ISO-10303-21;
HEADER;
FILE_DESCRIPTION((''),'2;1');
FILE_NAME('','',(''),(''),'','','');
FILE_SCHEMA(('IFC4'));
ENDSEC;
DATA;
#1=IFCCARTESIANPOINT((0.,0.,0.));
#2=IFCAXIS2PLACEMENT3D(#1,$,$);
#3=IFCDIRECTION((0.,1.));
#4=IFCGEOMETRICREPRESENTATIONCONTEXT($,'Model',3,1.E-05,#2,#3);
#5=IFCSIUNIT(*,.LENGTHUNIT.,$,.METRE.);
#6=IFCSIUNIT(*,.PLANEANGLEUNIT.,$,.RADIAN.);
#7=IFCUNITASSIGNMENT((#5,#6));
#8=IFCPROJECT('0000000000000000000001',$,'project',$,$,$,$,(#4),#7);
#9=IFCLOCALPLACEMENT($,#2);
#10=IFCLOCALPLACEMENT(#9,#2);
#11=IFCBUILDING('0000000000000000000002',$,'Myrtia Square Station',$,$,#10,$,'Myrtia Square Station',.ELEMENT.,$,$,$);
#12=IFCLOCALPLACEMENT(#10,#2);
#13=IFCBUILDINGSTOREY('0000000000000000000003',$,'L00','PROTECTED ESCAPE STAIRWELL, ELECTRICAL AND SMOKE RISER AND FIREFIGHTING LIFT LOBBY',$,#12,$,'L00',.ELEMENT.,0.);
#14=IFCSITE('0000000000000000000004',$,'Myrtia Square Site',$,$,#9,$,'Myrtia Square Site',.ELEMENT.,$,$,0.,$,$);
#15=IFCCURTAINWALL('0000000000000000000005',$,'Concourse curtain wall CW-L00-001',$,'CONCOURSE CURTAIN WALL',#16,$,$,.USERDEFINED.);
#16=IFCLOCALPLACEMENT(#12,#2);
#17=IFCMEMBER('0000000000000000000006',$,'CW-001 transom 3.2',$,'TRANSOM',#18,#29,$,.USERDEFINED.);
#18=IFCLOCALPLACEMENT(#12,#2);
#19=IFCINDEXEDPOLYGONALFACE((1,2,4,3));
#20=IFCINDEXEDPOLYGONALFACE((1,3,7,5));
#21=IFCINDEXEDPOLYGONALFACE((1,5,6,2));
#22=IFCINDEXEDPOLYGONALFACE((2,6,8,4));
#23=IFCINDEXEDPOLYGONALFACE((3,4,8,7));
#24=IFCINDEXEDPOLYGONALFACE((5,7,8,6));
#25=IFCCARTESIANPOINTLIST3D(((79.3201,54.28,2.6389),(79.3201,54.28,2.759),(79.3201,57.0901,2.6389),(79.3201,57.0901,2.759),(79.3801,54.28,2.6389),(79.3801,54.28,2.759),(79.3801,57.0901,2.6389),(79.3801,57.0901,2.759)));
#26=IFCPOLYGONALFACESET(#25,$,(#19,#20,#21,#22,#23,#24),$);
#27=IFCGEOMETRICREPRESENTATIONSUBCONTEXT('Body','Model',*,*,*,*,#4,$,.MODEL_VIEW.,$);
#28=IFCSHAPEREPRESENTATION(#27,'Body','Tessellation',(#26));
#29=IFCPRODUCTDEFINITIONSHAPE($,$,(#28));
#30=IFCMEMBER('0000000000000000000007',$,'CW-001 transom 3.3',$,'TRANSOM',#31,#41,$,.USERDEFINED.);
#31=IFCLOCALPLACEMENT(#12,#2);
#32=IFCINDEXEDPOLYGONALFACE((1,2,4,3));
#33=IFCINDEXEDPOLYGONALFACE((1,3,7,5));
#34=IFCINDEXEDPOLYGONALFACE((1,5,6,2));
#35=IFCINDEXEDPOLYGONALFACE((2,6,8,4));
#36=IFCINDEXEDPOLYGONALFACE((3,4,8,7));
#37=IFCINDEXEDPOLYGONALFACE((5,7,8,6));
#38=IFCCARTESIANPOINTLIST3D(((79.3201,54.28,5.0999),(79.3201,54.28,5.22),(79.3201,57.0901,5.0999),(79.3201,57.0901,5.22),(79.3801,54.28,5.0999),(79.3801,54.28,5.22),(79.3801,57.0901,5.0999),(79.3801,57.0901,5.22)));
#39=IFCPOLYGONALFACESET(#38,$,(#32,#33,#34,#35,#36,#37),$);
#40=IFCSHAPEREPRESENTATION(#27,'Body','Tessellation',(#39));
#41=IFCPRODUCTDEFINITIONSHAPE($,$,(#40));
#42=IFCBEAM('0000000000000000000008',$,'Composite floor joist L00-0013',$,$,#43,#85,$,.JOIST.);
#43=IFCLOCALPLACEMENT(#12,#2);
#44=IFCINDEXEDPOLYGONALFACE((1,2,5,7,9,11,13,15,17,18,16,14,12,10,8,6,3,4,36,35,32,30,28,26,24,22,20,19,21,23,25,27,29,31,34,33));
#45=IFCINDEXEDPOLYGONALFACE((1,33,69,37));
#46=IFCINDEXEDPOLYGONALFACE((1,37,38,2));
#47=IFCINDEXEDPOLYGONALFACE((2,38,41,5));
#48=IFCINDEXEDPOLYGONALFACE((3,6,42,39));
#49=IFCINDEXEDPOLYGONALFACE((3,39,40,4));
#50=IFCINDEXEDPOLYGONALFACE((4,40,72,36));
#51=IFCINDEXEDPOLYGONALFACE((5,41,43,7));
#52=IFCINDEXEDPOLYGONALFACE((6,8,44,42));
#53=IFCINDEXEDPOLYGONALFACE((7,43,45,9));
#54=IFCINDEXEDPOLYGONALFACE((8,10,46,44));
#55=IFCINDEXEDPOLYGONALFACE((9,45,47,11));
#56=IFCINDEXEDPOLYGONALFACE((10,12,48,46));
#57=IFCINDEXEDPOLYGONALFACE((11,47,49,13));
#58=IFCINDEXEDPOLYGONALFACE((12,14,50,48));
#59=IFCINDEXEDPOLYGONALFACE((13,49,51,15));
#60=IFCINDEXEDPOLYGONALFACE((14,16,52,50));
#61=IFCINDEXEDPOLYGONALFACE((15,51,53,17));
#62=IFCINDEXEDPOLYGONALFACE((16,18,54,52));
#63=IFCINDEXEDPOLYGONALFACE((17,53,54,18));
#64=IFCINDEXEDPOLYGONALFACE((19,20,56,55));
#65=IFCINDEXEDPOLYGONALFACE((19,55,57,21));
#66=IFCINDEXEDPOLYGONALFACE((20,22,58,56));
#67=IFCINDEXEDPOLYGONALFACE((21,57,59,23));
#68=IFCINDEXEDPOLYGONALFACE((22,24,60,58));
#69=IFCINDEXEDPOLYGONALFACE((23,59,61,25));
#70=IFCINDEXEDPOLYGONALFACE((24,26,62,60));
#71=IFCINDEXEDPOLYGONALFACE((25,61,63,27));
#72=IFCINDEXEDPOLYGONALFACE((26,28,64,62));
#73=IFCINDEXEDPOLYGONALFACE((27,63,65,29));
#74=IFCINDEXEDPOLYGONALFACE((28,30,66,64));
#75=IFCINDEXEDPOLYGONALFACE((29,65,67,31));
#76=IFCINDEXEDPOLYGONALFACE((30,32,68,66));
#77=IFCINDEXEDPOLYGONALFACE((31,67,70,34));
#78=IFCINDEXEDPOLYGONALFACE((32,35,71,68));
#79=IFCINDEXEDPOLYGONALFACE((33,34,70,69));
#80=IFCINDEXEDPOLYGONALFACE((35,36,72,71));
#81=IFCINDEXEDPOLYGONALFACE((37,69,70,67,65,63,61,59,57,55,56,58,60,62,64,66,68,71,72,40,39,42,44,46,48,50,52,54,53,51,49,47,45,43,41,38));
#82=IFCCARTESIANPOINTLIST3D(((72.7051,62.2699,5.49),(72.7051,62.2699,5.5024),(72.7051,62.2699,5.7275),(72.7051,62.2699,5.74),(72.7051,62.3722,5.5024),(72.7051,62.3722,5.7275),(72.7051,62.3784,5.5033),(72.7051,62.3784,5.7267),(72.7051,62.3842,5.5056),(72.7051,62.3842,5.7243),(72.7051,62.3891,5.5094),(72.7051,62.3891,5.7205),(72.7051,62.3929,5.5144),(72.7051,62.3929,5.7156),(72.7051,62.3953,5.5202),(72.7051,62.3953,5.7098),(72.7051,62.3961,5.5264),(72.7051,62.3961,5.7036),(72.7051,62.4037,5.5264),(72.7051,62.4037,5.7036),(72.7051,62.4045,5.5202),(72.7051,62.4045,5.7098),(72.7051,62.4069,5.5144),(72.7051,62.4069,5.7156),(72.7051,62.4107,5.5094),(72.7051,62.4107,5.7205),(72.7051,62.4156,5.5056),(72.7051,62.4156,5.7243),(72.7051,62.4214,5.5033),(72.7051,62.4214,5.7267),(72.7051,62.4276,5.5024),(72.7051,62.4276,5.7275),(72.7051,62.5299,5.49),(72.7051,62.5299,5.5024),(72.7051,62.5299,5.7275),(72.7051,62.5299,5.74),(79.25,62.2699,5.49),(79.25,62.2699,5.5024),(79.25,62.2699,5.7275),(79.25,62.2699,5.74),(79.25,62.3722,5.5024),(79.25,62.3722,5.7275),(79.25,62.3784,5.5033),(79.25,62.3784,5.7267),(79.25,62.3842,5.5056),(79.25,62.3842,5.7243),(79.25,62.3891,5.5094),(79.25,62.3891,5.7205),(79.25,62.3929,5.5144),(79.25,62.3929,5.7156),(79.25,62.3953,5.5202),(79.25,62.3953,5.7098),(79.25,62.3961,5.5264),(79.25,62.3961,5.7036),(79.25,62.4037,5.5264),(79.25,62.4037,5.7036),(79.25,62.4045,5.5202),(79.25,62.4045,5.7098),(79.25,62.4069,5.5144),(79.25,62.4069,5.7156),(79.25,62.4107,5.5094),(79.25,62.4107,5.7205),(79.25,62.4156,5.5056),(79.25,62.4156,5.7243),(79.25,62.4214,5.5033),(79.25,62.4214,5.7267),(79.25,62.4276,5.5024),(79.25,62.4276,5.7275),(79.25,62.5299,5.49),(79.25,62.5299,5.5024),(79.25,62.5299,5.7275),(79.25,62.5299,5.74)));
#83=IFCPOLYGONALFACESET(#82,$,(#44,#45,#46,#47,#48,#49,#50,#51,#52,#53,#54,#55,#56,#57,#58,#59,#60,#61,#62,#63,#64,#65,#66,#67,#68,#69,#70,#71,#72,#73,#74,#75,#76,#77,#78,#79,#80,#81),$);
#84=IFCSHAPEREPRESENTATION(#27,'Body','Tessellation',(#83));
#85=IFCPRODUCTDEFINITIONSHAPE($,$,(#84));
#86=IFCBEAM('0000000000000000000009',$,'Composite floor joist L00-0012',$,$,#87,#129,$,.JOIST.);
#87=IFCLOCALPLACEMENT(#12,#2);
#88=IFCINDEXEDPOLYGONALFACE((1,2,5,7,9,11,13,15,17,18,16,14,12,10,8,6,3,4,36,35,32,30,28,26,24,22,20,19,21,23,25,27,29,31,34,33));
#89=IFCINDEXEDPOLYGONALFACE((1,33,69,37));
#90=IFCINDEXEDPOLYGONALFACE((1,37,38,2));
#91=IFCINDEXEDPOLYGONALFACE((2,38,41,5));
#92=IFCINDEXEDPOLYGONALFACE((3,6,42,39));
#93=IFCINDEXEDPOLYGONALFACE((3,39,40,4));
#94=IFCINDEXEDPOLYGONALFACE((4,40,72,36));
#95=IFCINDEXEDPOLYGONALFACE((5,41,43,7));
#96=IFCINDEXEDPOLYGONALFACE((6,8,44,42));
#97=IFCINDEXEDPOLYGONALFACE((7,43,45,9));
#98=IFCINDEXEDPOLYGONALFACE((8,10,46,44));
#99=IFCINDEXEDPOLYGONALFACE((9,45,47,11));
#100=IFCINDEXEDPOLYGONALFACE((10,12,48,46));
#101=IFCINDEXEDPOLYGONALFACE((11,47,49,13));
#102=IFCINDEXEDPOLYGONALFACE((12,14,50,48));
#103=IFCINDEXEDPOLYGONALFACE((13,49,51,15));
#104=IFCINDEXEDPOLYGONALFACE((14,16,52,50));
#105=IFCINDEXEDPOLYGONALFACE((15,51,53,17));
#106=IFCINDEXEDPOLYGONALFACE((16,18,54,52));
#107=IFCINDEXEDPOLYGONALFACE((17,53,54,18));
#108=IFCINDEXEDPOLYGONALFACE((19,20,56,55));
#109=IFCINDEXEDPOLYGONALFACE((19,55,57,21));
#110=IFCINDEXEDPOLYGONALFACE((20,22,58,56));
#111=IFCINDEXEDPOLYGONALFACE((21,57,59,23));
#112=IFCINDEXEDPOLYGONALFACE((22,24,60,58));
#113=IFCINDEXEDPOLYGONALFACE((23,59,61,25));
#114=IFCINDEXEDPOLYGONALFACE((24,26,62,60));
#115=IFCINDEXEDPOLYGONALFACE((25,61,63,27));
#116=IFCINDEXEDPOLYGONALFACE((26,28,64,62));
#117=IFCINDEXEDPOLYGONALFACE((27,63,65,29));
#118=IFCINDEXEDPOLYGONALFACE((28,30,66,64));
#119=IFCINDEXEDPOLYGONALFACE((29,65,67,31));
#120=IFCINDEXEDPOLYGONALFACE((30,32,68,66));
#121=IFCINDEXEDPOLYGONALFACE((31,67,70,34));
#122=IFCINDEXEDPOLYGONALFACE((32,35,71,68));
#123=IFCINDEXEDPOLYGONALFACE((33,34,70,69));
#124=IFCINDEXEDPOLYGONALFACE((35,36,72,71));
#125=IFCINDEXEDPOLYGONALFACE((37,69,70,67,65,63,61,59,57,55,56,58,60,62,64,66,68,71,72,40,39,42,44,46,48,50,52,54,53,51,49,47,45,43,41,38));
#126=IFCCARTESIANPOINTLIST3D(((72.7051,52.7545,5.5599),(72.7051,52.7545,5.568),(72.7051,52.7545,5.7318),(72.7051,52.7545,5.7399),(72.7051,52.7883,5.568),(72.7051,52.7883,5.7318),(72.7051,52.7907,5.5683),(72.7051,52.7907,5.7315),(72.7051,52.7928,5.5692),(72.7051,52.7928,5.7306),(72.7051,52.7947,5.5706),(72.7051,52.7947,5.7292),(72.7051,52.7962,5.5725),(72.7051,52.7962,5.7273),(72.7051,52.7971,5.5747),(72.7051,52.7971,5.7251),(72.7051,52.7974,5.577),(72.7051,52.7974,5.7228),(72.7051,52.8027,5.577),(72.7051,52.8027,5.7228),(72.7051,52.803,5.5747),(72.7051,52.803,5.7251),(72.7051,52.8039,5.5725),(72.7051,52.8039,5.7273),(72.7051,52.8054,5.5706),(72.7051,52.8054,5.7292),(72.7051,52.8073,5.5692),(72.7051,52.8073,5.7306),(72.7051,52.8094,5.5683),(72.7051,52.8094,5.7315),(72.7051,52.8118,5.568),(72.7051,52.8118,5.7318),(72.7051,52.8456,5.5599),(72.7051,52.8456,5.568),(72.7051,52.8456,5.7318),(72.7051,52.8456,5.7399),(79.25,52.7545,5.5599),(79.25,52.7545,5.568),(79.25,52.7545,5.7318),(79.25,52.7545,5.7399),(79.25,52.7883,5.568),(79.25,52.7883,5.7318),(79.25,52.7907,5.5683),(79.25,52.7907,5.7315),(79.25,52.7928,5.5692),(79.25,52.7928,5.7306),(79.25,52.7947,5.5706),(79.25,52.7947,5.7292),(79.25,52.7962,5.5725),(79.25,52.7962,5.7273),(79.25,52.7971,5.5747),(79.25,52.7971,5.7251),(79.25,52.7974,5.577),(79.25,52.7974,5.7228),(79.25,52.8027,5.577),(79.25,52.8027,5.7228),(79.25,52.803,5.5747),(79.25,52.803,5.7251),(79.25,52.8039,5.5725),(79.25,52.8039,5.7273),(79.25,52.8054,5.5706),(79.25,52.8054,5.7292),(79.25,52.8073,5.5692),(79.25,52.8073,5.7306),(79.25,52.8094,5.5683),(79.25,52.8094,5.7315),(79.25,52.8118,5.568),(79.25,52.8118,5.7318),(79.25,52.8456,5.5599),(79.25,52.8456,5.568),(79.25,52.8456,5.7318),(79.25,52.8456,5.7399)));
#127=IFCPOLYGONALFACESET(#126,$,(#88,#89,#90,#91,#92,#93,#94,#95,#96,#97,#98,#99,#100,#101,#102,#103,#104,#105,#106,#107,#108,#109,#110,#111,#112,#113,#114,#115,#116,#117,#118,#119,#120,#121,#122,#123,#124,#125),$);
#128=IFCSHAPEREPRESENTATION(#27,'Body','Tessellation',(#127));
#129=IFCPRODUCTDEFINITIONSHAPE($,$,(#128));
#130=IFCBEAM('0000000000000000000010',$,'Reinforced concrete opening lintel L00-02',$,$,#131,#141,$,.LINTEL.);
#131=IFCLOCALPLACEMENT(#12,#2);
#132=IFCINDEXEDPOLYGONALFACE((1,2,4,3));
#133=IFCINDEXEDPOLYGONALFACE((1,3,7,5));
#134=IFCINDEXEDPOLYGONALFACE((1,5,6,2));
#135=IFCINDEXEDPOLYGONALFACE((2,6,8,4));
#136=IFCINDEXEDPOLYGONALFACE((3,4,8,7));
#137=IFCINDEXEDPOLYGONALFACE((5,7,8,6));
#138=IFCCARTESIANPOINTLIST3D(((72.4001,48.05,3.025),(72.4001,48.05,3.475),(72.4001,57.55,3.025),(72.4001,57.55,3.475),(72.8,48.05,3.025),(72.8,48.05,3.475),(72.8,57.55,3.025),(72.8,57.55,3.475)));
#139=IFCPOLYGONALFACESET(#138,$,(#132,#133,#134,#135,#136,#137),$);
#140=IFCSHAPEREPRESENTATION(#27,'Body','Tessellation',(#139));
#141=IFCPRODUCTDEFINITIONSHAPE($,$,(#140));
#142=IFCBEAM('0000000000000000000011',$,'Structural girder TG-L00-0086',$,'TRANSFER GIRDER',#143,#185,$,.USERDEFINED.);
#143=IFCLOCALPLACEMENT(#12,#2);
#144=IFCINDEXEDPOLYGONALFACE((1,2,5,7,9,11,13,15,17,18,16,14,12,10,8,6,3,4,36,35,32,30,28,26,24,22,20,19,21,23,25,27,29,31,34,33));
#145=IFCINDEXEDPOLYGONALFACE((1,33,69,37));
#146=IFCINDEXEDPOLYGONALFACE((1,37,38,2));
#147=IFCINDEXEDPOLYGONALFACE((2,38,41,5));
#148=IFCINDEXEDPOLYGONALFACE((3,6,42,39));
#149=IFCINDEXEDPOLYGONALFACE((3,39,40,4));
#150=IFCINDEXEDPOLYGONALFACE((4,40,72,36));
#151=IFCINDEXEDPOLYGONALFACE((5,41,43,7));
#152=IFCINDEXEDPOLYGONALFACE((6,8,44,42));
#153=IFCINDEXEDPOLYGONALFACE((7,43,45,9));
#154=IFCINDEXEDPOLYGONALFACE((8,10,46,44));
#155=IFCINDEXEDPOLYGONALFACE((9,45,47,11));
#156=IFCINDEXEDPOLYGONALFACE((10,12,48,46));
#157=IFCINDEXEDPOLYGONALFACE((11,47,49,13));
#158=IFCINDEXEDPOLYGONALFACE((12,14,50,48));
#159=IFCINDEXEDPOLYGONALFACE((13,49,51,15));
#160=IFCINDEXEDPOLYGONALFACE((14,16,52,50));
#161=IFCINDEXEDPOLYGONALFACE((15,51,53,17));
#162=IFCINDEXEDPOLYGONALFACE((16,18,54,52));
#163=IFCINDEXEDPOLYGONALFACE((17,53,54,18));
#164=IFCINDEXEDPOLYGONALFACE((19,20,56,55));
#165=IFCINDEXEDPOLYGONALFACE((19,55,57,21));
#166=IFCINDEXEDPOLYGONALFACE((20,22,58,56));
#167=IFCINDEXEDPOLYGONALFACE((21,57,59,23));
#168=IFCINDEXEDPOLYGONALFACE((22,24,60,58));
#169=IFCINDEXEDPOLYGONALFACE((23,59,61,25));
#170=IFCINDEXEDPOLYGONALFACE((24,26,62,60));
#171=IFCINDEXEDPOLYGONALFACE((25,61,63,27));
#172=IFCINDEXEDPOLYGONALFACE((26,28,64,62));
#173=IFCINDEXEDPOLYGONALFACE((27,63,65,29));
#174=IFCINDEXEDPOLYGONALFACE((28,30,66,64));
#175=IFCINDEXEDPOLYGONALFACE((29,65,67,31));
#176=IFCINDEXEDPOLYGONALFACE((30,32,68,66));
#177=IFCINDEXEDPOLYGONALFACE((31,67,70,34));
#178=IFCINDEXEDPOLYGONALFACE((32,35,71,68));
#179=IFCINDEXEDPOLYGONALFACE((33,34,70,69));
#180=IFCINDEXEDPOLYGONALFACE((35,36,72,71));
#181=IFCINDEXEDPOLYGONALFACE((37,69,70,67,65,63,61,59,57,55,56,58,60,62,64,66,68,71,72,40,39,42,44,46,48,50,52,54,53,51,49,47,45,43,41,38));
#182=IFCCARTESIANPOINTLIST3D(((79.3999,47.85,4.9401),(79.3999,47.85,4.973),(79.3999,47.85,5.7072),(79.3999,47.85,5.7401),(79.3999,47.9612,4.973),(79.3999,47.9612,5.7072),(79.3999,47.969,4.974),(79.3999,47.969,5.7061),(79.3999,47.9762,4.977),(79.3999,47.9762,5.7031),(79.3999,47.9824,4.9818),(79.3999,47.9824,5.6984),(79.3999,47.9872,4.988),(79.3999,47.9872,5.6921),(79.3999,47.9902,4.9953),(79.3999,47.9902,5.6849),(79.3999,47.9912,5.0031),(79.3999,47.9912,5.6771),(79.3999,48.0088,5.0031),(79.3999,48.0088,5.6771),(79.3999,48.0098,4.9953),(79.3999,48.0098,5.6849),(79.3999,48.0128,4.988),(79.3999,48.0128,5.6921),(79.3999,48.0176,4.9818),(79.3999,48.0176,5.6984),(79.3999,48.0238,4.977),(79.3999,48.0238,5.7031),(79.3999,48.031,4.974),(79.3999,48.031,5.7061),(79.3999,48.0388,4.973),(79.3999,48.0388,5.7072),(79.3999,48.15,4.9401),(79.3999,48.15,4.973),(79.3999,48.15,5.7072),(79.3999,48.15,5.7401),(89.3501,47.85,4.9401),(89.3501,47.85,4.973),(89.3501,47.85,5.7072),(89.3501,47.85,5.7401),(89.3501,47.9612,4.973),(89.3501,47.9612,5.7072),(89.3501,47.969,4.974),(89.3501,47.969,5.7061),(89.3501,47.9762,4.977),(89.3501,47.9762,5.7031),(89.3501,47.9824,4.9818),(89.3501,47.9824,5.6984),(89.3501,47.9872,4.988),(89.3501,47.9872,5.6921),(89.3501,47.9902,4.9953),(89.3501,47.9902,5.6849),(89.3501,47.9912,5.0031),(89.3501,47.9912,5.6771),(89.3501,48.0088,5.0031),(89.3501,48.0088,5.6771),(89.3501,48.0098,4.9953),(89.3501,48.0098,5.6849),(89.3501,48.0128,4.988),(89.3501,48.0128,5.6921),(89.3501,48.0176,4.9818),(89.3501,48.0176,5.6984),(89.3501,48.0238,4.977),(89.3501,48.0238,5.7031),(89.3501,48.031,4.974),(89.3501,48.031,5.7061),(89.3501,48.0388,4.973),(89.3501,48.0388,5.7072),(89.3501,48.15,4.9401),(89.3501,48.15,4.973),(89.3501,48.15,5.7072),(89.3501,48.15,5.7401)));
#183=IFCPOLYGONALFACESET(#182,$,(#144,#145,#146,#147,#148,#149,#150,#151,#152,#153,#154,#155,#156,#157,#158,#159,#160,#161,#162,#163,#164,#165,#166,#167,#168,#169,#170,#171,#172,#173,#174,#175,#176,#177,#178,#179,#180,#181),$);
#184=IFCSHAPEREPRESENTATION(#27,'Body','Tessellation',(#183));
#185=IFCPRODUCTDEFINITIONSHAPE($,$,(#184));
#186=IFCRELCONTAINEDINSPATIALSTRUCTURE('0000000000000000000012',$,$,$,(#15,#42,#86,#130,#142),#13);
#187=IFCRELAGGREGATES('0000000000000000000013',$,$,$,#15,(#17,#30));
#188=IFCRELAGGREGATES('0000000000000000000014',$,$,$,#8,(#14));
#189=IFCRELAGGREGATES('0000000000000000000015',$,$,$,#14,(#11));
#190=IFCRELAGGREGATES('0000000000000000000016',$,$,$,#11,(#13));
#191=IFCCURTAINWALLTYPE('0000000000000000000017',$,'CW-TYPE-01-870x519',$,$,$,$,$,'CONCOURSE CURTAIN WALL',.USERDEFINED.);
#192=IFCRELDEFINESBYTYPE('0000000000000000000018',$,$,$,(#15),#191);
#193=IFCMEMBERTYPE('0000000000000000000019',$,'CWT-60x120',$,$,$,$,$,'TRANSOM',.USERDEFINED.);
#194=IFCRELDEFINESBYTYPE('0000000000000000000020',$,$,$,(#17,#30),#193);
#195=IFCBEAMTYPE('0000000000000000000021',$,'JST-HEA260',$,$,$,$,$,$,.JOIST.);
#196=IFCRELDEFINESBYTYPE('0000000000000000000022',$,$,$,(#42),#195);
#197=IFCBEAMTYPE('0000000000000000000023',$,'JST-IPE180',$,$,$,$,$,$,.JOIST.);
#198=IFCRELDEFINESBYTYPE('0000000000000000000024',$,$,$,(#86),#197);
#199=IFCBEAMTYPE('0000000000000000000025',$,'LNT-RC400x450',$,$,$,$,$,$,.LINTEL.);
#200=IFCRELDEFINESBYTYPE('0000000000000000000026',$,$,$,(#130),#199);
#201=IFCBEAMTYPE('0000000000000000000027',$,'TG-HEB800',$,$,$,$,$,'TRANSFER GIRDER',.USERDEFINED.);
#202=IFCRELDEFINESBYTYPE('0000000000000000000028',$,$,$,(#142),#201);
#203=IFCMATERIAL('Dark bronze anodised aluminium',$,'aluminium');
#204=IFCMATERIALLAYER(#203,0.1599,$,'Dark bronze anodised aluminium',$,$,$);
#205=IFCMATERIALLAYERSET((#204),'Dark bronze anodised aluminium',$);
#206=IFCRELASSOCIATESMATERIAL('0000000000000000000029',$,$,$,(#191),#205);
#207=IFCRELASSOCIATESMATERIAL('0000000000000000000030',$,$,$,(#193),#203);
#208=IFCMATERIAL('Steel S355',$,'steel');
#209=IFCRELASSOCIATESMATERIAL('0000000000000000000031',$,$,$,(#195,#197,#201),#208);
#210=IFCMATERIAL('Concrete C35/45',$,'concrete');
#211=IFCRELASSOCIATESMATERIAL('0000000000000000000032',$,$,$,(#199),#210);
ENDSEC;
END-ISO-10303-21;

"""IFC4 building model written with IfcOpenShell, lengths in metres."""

from ifc_helpers import new_model, si_unit, direction, frame, origin, origin_2d, place, context, subcontext, project, spatial, rectangle, i_section, extrude, material, layer, layer_set, material_profile, profile_set, type_object, element, aggregate, save


model = new_model("IFC4")

# Units and contexts
model_context = context("Model", 3, precision=1e-05, world=origin(), true_north=direction((0.0, 1.0)))
body_context = subcontext(model_context, "Body", "Model", "MODEL_VIEW")
ifc_project = project(units=[si_unit("LENGTHUNIT", "METRE"), si_unit("PLANEANGLEUNIT", "RADIAN")], contexts=[model_context])

# Site, building, storey
site_placement = place(None, origin())
site = spatial("IfcSite", under=ifc_project, at=site_placement, Name="Myrtia Square Site", LongName="Myrtia Square Site", CompositionType="ELEMENT", RefElevation=0.0)
building_placement = place(site_placement, origin())
building = spatial("IfcBuilding", under=site, at=building_placement, Name="Myrtia Square Station", LongName="Myrtia Square Station", CompositionType="ELEMENT")
storey_placement = place(building_placement, origin())
storey = spatial("IfcBuildingStorey", under=building, at=storey_placement, Name="L00", Description="PROTECTED ESCAPE STAIRWELL, ELECTRICAL AND SMOKE RISER AND FIREFIGHTING LIFT LOBBY", LongName="L00", CompositionType="ELEMENT", Elevation=0.0)

# Shared definitions
ifc_material_1 = material(Name="Steel S355", Category="steel")

# Curtain wall, members
ifc_material_2 = material(Name="Dark bronze anodised aluminium", Category="aluminium")
ifc_layer_1 = layer(ifc_material_2, 0.1599, Name="Dark bronze anodised aluminium")
ifc_layer_set_1 = layer_set([ifc_layer_1], Name="Dark bronze anodised aluminium")
curtain_wall_type = type_object("IfcCurtainWallType", Name="CW-TYPE-01-870x519", ElementType="CONCOURSE CURTAIN WALL", PredefinedType="USERDEFINED", material=ifc_layer_set_1)
curtain_wall_placement = place(storey_placement, origin())
curtain_wall = element("IfcCurtainWall", 1, at=curtain_wall_placement, inside=storey, type_object=curtain_wall_type, Name="Concourse curtain wall CW-L00-001", ObjectType="CONCOURSE CURTAIN WALL", PredefinedType="USERDEFINED")
ifc_material_profile_1 = material_profile(ifc_material_2, rectangle(XDim=0.0601, YDim=0.1201, at=origin_2d()), Name="ALU-T 60x120")
ifc_profile_set_1 = profile_set([ifc_material_profile_1], Name="Dark bronze anodised aluminium")
member_type_1 = type_object("IfcMemberType", Name="CWT-60x120", ElementType="TRANSOM", PredefinedType="USERDEFINED", material=ifc_profile_set_1)
member_1_placement = place(storey_placement, frame((79.3501, 54.28, 2.699), z_axis=(0.0, 1.0, 0.0), x_axis=(-1.0, 0.0, 0.0)))
member_1 = element("IfcMember", 2, at=member_1_placement, type_object=member_type_1, Name="CW-001 transom 3.2", ObjectType="TRANSOM", PredefinedType="USERDEFINED", context=body_context, shape_type="SweptSolid", body=[
    extrude(rectangle(XDim=0.0601, YDim=0.1201, at=origin_2d()), origin(), (0.0, 0.0, 1.0), 2.8101),
])
member_2_placement = place(storey_placement, frame((79.3501, 54.28, 5.1599), z_axis=(0.0, 1.0, 0.0), x_axis=(-1.0, 0.0, 0.0)))
member_2 = element("IfcMember", 3, at=member_2_placement, type_object=member_type_1, Name="CW-001 transom 3.3", ObjectType="TRANSOM", PredefinedType="USERDEFINED", context=body_context, shape_type="SweptSolid", body=[
    extrude(rectangle(XDim=0.0601, YDim=0.1201, at=origin_2d()), origin(), (0.0, 0.0, 1.0), 2.8101),
])

# Beams
ifc_material_profile_2 = material_profile(ifc_material_1, i_section(OverallWidth=0.26, OverallDepth=0.25, WebThickness=0.0076, FlangeThickness=0.0125, FilletRadius=0.0239, at=origin_2d()), Name="HEA 260")
ifc_profile_set_2 = profile_set([ifc_material_profile_2], Name="Steel S355")
beam_type_1 = type_object("IfcBeamType", Name="JST-HEA260", PredefinedType="JOIST", material=ifc_profile_set_2)
beam_1_placement = place(storey_placement, frame((72.7051, 62.3999, 5.615), z_axis=(1.0, 0.0, 0.0), x_axis=(0.0, 1.0, 0.0)))
element("IfcBeam", 4, at=beam_1_placement, inside=storey, type_object=beam_type_1, Name="Composite floor joist L00-0013", PredefinedType="JOIST", context=body_context, shape_type="SweptSolid", body=[
    extrude(i_section(OverallWidth=0.26, OverallDepth=0.25, WebThickness=0.0076, FlangeThickness=0.0125, FilletRadius=0.0239, at=origin_2d()), origin(), (0.0, 0.0, 1.0), 6.5449),
])
ifc_material_profile_3 = material_profile(ifc_material_1, i_section(OverallWidth=0.0911, OverallDepth=0.1799, WebThickness=0.0054, FlangeThickness=0.0081, FilletRadius=0.009, at=origin_2d()), Name="IPE 180")
ifc_profile_set_3 = profile_set([ifc_material_profile_3], Name="Steel S355")
beam_type_2 = type_object("IfcBeamType", Name="JST-IPE180", PredefinedType="JOIST", material=ifc_profile_set_3)
beam_2_placement = place(storey_placement, frame((72.7051, 52.8, 5.6499), z_axis=(1.0, 0.0, 0.0), x_axis=(0.0, 1.0, 0.0)))
element("IfcBeam", 5, at=beam_2_placement, inside=storey, type_object=beam_type_2, Name="Composite floor joist L00-0012", PredefinedType="JOIST", context=body_context, shape_type="SweptSolid", body=[
    extrude(i_section(OverallWidth=0.0911, OverallDepth=0.1799, WebThickness=0.0054, FlangeThickness=0.0081, FilletRadius=0.009, at=origin_2d()), origin(), (0.0, 0.0, 1.0), 6.5449),
])
ifc_material_3 = material(Name="Concrete C35/45", Category="concrete")
ifc_material_profile_4 = material_profile(ifc_material_3, rectangle(XDim=0.3999, YDim=0.45, at=origin_2d()), Name="LNT 400x450")
ifc_profile_set_4 = profile_set([ifc_material_profile_4], Name="Concrete C35/45")
beam_type_3 = type_object("IfcBeamType", Name="LNT-RC400x450", PredefinedType="LINTEL", material=ifc_profile_set_4)
beam_3_placement = place(storey_placement, frame((72.6001, 48.05, 3.25), z_axis=(0.0, 1.0, 0.0), x_axis=(-1.0, 0.0, 0.0)))
element("IfcBeam", 6, at=beam_3_placement, inside=storey, type_object=beam_type_3, Name="Reinforced concrete opening lintel L00-02", PredefinedType="LINTEL", context=body_context, shape_type="SweptSolid", body=[
    extrude(rectangle(XDim=0.3999, YDim=0.45, at=origin_2d()), origin(), (0.0, 0.0, 1.0), 9.5),
])
ifc_material_profile_5 = material_profile(ifc_material_1, i_section(OverallWidth=0.3, OverallDepth=0.8, WebThickness=0.0176, FlangeThickness=0.033, FilletRadius=0.03, at=origin_2d()), Name="HEB 800")
ifc_profile_set_5 = profile_set([ifc_material_profile_5], Name="Steel S355")
beam_type_4 = type_object("IfcBeamType", Name="TG-HEB800", ElementType="TRANSFER GIRDER", PredefinedType="USERDEFINED", material=ifc_profile_set_5)
beam_4_placement = place(storey_placement, frame((79.3999, 48.0, 5.3401), z_axis=(1.0, 0.0, 0.0), x_axis=(0.0, 1.0, 0.0)))
element("IfcBeam", 7, at=beam_4_placement, inside=storey, type_object=beam_type_4, Name="Structural girder TG-L00-0086", ObjectType="TRANSFER GIRDER", PredefinedType="USERDEFINED", context=body_context, shape_type="SweptSolid", body=[
    extrude(i_section(OverallWidth=0.3, OverallDepth=0.8, WebThickness=0.0176, FlangeThickness=0.033, FilletRadius=0.03, at=origin_2d()), origin(), (0.0, 0.0, 1.0), 9.9502),
])

aggregate(curtain_wall, [member_1, member_2])

save(model, "model.ifc")
